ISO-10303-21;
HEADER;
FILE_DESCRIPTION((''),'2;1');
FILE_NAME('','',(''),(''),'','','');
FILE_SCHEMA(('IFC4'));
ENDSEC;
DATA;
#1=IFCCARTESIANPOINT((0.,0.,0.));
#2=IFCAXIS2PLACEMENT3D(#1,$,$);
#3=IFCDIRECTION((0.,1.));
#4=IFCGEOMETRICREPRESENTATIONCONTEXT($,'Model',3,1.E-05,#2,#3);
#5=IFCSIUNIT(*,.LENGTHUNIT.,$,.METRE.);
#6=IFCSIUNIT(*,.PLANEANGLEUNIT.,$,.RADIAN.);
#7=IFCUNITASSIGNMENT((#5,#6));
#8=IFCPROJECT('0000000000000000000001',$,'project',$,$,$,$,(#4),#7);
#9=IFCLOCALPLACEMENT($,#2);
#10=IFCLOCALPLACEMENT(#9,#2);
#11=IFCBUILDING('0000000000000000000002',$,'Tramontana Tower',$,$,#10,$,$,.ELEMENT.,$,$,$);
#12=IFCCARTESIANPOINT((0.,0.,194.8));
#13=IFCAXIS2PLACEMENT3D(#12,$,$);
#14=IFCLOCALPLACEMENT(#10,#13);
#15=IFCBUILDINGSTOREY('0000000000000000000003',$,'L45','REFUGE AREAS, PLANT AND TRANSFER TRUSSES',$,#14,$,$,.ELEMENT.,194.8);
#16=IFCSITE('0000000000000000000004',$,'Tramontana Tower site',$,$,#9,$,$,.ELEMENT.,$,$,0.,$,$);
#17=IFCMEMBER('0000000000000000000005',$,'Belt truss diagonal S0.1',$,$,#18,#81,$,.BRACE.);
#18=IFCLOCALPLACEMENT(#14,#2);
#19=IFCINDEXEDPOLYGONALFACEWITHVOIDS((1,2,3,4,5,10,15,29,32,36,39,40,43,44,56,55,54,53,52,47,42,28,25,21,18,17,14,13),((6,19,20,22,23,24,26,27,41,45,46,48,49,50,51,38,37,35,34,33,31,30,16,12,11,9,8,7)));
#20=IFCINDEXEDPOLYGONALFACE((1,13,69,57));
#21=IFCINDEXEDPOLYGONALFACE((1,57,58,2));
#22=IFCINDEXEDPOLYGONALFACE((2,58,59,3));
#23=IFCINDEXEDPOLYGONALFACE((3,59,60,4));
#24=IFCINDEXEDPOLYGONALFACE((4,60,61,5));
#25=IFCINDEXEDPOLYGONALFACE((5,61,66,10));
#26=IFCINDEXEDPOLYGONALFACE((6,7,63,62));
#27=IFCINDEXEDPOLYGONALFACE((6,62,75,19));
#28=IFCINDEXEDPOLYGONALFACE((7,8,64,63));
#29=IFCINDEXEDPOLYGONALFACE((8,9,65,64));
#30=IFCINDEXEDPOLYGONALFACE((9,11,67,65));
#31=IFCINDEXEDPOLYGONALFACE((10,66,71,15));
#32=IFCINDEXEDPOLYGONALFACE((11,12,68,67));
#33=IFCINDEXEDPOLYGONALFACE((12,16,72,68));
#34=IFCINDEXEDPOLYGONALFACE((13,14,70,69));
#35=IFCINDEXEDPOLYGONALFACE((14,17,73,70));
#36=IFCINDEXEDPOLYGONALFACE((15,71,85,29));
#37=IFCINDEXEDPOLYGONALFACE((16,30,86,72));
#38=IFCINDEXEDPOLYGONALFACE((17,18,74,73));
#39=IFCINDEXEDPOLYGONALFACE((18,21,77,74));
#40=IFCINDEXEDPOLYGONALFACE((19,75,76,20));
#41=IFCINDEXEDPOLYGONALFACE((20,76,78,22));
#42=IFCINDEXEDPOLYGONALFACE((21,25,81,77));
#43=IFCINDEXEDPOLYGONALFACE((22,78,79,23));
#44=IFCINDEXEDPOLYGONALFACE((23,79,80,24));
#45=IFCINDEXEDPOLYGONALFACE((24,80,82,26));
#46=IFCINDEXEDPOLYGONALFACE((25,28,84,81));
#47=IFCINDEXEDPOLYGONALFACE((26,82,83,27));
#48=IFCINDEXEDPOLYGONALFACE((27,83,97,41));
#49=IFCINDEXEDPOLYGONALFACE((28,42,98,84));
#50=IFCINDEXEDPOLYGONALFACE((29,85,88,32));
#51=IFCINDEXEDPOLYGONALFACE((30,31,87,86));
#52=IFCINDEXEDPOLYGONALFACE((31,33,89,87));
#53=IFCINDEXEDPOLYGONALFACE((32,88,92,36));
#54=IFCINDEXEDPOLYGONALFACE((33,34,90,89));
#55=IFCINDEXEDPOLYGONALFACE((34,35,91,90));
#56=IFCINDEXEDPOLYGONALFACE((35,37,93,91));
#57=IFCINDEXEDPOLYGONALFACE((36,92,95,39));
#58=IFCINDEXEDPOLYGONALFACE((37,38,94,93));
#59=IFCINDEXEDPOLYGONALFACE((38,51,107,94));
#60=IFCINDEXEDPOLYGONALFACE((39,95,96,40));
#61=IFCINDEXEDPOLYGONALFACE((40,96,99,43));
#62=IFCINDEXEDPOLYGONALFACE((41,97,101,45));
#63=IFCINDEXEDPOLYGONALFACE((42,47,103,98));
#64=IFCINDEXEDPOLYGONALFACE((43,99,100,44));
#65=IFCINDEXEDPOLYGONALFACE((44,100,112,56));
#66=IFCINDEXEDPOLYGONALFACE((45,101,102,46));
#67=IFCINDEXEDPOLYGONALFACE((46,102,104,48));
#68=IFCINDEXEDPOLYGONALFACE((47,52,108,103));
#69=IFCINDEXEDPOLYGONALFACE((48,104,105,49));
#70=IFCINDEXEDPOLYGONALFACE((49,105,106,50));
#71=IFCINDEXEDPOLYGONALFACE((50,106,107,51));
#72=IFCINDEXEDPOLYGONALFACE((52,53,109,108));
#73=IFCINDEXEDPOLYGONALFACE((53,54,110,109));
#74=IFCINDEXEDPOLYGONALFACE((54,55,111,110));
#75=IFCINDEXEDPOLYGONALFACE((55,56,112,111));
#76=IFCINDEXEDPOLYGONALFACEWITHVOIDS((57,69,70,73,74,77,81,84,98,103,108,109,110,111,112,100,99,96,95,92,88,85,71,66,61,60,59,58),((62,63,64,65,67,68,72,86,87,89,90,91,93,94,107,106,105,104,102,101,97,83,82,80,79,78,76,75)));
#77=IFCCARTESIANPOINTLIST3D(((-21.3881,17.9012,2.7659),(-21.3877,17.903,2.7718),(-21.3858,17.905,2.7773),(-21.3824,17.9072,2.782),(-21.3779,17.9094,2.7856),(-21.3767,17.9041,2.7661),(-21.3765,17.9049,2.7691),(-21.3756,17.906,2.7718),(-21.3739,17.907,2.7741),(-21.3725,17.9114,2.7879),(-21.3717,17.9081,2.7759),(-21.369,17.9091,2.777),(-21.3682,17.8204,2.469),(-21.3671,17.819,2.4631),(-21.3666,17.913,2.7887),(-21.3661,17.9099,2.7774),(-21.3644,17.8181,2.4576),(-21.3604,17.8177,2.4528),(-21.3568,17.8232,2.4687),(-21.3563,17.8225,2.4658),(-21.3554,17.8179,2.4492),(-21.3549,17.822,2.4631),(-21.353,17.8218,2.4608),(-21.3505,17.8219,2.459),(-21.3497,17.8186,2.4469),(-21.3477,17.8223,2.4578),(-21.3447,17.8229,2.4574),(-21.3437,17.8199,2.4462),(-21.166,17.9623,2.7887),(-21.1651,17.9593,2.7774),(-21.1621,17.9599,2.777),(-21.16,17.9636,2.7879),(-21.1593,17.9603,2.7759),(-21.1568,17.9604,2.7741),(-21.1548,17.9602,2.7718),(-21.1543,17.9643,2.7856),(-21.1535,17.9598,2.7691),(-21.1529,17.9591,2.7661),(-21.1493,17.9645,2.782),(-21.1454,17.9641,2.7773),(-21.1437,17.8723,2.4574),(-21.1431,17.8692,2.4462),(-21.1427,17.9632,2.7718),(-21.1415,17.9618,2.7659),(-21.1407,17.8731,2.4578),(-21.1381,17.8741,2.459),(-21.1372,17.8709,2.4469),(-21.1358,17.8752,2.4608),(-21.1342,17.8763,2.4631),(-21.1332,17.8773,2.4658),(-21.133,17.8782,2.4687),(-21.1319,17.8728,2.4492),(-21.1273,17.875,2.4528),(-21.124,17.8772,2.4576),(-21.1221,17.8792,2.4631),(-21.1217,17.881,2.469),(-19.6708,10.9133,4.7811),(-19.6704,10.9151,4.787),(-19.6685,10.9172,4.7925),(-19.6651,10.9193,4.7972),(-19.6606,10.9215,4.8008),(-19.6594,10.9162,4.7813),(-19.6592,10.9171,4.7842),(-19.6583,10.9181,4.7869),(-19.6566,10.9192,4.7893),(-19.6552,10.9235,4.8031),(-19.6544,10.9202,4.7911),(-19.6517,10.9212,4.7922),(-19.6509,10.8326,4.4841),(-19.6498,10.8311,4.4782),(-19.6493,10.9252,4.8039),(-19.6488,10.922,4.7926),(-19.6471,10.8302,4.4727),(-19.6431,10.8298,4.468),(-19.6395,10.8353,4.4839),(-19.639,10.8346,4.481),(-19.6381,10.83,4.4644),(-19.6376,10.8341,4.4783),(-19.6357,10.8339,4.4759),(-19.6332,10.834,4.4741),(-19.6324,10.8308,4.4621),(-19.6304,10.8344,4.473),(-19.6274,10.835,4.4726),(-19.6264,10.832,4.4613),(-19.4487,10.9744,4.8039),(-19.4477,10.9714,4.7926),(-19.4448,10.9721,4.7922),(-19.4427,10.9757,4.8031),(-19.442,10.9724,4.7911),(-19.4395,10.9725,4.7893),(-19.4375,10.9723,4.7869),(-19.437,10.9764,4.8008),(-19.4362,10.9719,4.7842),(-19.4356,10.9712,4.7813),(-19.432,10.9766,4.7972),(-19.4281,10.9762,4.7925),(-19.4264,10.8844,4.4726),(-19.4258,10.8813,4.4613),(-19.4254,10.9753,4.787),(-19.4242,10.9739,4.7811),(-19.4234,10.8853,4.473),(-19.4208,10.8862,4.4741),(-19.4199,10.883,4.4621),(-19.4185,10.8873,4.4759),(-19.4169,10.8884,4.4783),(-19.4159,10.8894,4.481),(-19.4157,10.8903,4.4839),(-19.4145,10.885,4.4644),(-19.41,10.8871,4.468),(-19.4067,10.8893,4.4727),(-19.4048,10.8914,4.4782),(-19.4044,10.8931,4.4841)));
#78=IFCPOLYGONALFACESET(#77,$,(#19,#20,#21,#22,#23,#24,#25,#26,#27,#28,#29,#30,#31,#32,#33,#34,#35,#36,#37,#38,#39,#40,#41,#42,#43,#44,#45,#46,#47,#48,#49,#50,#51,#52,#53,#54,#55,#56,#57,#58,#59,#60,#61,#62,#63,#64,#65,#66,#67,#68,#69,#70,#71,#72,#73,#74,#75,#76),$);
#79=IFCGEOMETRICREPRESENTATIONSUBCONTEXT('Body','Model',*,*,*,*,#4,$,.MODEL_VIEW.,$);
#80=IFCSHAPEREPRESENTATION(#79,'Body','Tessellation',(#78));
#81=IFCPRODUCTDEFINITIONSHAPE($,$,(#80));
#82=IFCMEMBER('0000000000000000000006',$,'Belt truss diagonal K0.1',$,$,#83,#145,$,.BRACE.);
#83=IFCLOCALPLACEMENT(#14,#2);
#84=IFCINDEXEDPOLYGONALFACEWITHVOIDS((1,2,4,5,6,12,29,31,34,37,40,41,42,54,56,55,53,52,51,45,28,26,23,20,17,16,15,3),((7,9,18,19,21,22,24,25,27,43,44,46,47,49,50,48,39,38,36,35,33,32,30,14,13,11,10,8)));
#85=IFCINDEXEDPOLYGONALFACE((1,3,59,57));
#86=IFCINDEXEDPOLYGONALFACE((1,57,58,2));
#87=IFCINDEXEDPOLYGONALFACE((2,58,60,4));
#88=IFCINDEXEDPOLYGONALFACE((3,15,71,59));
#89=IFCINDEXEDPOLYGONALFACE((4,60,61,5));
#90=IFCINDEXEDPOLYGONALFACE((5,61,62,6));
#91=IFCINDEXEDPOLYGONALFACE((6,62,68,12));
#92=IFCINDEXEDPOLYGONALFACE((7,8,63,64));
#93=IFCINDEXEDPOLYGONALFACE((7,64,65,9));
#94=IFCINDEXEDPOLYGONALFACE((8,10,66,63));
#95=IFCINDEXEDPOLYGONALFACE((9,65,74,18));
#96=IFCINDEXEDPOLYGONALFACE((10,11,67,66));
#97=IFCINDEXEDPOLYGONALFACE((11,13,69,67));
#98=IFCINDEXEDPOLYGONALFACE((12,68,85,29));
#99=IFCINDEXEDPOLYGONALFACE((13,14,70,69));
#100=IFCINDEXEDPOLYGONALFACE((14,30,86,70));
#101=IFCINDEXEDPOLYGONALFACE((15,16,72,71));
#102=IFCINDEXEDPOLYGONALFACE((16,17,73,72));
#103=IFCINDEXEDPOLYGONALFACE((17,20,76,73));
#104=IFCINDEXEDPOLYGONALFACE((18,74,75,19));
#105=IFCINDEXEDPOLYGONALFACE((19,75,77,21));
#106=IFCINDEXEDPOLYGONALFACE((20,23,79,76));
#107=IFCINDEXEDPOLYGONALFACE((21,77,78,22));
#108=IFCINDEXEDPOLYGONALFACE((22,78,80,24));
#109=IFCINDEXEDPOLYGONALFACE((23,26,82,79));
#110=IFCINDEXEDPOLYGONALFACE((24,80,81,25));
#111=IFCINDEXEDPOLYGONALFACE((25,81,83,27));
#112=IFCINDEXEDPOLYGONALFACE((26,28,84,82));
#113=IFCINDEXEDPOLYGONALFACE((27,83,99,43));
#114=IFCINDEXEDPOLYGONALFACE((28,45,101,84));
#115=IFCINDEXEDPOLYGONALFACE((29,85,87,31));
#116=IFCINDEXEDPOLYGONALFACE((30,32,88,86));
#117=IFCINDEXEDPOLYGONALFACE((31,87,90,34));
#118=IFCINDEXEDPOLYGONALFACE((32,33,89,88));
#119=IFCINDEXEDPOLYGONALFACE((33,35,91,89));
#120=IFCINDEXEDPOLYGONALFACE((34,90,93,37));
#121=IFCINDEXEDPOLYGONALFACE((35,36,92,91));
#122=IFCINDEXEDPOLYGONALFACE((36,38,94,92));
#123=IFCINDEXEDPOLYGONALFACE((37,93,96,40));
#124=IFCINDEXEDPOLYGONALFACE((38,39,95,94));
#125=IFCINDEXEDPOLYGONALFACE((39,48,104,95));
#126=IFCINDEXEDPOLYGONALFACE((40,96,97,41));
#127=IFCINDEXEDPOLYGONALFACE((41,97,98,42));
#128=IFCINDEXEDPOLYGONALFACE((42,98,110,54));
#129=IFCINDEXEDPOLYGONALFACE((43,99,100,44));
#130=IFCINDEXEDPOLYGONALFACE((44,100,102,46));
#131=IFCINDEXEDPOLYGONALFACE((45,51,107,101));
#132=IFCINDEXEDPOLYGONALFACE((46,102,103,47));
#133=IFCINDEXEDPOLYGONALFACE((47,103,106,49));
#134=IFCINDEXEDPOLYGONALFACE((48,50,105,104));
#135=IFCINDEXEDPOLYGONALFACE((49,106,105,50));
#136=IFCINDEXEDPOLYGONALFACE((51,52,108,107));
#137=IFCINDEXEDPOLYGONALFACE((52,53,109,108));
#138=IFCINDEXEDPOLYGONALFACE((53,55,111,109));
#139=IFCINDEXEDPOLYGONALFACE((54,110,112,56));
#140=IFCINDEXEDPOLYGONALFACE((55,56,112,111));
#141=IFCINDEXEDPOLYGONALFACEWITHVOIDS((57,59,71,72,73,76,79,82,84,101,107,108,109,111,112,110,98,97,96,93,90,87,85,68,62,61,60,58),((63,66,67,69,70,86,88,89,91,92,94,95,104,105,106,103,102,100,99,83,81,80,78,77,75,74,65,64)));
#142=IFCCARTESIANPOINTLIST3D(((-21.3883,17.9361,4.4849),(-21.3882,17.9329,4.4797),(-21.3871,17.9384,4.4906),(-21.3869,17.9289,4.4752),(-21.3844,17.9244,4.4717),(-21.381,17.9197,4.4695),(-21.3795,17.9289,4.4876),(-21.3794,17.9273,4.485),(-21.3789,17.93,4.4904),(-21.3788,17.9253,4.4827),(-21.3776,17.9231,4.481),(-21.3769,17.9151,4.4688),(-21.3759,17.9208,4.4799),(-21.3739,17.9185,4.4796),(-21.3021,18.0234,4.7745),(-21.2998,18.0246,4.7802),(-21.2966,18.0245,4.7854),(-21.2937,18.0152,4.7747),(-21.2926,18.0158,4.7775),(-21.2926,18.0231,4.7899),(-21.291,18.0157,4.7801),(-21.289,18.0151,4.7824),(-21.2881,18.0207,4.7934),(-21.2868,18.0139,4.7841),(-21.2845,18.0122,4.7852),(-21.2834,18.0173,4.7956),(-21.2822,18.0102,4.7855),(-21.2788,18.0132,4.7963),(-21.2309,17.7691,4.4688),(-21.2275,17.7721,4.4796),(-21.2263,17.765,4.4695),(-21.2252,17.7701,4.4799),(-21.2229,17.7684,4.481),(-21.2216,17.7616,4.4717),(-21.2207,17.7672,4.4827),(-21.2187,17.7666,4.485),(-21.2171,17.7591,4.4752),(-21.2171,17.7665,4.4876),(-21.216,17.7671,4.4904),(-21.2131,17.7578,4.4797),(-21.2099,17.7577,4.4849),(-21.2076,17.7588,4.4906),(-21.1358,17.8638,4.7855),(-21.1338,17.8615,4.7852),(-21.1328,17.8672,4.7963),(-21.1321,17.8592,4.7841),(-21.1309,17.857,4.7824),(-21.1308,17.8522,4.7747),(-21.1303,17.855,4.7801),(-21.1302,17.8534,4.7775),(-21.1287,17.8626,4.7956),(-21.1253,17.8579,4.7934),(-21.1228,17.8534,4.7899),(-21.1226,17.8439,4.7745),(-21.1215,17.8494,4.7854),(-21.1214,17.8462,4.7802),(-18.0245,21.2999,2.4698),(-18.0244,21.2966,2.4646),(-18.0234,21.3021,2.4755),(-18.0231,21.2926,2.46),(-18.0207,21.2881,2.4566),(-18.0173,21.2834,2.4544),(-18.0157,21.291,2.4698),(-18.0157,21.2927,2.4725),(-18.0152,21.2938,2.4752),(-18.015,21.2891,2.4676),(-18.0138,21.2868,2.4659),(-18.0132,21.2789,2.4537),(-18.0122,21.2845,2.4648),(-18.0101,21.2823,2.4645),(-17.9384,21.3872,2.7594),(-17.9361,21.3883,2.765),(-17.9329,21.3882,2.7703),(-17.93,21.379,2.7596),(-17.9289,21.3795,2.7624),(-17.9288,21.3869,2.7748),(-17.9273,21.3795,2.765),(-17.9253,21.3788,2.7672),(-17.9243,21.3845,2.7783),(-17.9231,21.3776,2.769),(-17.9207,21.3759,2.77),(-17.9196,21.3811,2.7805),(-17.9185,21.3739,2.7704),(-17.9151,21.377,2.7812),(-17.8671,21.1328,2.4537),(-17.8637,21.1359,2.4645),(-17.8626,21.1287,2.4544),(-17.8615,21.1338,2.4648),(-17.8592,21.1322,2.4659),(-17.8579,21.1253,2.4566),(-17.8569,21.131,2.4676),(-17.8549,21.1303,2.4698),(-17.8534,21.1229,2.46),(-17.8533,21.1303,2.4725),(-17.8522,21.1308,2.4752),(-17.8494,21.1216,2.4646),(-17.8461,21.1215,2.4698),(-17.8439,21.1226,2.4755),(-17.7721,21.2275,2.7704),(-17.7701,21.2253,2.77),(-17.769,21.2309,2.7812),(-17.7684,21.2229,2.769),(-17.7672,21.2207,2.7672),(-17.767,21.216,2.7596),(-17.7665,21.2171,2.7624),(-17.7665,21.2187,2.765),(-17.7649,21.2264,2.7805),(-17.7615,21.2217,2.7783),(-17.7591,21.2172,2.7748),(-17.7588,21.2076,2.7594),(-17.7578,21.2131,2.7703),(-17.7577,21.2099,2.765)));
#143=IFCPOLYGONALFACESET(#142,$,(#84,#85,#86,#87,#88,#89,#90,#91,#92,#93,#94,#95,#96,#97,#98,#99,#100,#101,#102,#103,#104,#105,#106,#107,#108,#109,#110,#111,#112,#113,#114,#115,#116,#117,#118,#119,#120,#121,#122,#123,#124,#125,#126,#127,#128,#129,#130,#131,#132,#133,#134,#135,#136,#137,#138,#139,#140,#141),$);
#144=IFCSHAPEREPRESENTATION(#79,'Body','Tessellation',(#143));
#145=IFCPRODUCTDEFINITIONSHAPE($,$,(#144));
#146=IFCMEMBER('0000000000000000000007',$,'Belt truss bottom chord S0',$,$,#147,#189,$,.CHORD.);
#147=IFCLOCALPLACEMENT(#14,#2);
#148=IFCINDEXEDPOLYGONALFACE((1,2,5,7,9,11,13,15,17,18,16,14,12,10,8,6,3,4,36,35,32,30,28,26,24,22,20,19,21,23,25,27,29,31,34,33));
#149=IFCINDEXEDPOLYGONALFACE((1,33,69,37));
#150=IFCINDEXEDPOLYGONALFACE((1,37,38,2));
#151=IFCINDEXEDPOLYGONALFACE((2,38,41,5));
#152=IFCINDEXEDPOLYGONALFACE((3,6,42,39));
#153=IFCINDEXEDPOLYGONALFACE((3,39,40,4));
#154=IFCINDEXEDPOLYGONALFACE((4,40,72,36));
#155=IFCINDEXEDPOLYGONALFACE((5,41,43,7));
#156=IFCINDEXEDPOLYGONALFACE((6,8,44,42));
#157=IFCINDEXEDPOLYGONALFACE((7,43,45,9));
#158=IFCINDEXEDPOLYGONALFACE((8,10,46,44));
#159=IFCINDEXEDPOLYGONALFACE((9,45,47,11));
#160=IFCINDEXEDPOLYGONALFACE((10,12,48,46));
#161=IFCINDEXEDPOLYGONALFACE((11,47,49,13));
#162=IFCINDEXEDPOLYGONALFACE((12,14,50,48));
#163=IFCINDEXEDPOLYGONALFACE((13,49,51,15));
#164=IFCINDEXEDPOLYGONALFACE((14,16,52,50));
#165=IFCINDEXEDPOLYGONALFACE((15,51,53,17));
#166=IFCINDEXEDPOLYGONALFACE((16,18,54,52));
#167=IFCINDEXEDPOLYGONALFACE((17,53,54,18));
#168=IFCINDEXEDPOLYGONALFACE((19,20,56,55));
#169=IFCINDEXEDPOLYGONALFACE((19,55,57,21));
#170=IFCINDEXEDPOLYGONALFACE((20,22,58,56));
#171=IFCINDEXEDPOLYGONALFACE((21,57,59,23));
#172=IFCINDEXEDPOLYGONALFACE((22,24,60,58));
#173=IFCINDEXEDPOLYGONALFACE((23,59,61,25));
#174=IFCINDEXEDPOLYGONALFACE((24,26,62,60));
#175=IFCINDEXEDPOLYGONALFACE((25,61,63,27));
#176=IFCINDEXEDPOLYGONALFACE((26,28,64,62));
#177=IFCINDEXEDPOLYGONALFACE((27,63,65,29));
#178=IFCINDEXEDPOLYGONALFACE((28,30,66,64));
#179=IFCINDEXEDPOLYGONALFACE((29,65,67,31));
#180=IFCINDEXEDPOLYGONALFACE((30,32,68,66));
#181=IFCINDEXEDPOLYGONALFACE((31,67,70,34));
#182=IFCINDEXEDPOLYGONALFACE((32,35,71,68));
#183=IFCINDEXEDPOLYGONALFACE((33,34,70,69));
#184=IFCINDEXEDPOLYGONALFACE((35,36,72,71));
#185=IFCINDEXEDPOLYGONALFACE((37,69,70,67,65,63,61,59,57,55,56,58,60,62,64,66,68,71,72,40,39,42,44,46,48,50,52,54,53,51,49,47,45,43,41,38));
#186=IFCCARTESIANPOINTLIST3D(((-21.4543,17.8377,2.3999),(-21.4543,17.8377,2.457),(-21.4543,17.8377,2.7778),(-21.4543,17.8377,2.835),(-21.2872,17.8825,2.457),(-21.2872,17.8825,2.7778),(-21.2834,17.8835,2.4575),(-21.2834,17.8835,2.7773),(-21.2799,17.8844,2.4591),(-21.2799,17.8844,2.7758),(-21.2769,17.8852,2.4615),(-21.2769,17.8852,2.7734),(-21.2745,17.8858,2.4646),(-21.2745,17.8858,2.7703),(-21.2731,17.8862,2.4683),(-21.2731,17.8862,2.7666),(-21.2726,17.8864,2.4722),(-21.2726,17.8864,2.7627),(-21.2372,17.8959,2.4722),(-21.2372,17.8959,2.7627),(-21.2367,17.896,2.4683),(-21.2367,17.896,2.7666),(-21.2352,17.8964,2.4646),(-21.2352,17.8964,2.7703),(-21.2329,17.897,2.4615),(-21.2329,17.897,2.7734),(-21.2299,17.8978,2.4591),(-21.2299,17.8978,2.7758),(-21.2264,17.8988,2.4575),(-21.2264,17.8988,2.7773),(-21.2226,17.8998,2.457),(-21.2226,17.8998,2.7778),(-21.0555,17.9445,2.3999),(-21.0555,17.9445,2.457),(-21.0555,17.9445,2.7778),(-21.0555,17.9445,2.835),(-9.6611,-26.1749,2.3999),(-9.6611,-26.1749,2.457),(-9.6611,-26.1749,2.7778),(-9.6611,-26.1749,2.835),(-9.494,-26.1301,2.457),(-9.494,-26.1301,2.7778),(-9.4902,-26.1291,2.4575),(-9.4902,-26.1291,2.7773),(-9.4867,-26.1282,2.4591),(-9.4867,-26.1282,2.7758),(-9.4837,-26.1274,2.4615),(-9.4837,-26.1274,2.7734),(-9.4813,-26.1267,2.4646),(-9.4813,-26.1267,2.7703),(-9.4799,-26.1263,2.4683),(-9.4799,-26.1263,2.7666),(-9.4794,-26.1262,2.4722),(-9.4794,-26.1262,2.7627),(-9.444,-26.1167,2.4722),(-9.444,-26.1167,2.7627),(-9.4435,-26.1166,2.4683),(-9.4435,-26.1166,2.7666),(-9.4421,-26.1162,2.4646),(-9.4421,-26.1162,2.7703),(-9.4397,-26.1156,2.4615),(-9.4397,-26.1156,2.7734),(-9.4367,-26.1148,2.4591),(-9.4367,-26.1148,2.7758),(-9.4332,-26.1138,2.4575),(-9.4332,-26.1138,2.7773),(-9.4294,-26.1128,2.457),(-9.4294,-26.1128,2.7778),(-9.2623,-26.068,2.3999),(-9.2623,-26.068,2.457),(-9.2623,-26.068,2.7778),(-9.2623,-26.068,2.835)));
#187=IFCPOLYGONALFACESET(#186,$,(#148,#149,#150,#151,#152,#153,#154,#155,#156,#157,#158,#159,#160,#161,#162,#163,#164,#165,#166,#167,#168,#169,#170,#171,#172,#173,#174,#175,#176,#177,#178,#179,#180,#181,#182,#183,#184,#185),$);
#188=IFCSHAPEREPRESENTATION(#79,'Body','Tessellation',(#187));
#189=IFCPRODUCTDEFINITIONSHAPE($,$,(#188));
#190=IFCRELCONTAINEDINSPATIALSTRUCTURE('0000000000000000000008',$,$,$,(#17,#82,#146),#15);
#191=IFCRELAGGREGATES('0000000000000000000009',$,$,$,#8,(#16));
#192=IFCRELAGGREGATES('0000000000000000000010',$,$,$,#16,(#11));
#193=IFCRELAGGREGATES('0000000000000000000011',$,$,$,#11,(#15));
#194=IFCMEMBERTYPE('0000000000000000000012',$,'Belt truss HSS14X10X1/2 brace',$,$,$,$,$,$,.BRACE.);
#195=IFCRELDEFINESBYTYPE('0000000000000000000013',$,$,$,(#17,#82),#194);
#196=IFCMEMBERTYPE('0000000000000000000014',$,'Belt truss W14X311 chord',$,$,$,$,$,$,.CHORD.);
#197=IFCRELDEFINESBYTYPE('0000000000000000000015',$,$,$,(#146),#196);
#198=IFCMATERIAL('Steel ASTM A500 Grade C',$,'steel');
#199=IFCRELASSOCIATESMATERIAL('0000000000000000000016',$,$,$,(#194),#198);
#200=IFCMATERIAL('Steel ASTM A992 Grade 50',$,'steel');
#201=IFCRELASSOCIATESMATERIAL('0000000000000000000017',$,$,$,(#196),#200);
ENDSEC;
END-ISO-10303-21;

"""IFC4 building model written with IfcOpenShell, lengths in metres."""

from ifc_helpers import new_model, si_unit, direction, frame, origin, origin_2d, place, context, subcontext, project, spatial, hollow_rectangle, i_section, extrude, material, material_profile, profile_set, type_object, element, save


model = new_model("IFC4")

# Units and contexts
model_context = context("Model", 3, precision=1e-05, world=origin(), true_north=direction((0.0, 1.0)))
body_context = subcontext(model_context, "Body", "Model", "MODEL_VIEW")
ifc_project = project(units=[si_unit("LENGTHUNIT", "METRE"), si_unit("PLANEANGLEUNIT", "RADIAN")], contexts=[model_context])

# Site, building, storey
site_placement = place(None, origin())
site = spatial("IfcSite", under=ifc_project, at=site_placement, Name="Tramontana Tower site", CompositionType="ELEMENT", RefElevation=0.0)
building_placement = place(site_placement, origin())
building = spatial("IfcBuilding", under=site, at=building_placement, Name="Tramontana Tower", CompositionType="ELEMENT")
storey_placement = place(building_placement, frame((0.0, 0.0, 194.8)))
storey = spatial("IfcBuildingStorey", under=building, at=storey_placement, Name="L45", Description="REFUGE AREAS, PLANT AND TRANSFER TRUSSES", CompositionType="ELEMENT", Elevation=194.8)

# Members
ifc_material_1 = material(Name="Steel ASTM A500 Grade C", Category="steel")
ifc_material_profile_1 = material_profile(ifc_material_1, hollow_rectangle(XDim=0.2539, YDim=0.3557, WallThickness=0.0117, InnerFilletRadius=0.0117, OuterFilletRadius=0.0237, at=origin_2d()), Name="HSS14X10X1/2")
ifc_profile_set_1 = profile_set([ifc_material_profile_1], Name="Steel ASTM A500 Grade C")
member_type_1 = type_object("IfcMemberType", Name="Belt truss HSS14X10X1/2 brace", PredefinedType="BRACE", material=ifc_profile_set_1)
member_1_placement = place(storey_placement, frame((-21.2549, 17.8911, 2.6174), z_axis=(0.229812, -0.935128, 0.269672), x_axis=(0.971105, 0.238654, 0.0)))
element("IfcMember", 1, at=member_1_placement, inside=storey, type_object=member_type_1, Name="Belt truss diagonal S0.1", PredefinedType="BRACE", context=body_context, shape_type="SweptSolid", body=[
    extrude(hollow_rectangle(XDim=0.2539, YDim=0.3557, WallThickness=0.0117, InnerFilletRadius=0.0117, OuterFilletRadius=0.0237, at=origin_2d()), origin(), (0.0, 0.0, 1.0), 7.4727),
])
member_2_placement = place(storey_placement, frame((-17.8911, 21.2549, 2.6174), z_axis=(-0.651098, -0.651098, 0.390054), x_axis=(0.707107, -0.707107, 0.0)))
element("IfcMember", 2, at=member_2_placement, inside=storey, type_object=member_type_1, Name="Belt truss diagonal K0.1", PredefinedType="BRACE", context=body_context, shape_type="SweptSolid", body=[
    extrude(hollow_rectangle(XDim=0.2539, YDim=0.3557, WallThickness=0.0117, InnerFilletRadius=0.0117, OuterFilletRadius=0.0237, at=origin_2d()), origin(), (0.0, 0.0, 1.0), 5.1663),
])
ifc_material_2 = material(Name="Steel ASTM A992 Grade 50", Category="steel")
ifc_material_profile_2 = material_profile(ifc_material_2, i_section(OverallWidth=0.4128, OverallDepth=0.4351, WebThickness=0.0366, FlangeThickness=0.0571, FilletRadius=0.0151, at=origin_2d()), Name="W14X311")
ifc_profile_set_2 = profile_set([ifc_material_profile_2], Name="Steel ASTM A992 Grade 50")
member_type_2 = type_object("IfcMemberType", Name="Belt truss W14X311 chord", PredefinedType="CHORD", material=ifc_profile_set_2)
for number, where, z_axis, x_axis, name in (
    (3, (-21.2549, 17.8911, 2.6174), (0.25882, -0.965926, 0.0), (0.965926, 0.25882, 0.0), "Belt truss bottom chord S0"),
):
    element("IfcMember", number, at=place(storey_placement, frame(where, z_axis=z_axis, x_axis=x_axis)), inside=storey, type_object=member_type_2, Name=name, PredefinedType="CHORD", context=body_context, shape_type="SweptSolid", body=[
        extrude(i_section(OverallWidth=0.4128, OverallDepth=0.4351, WebThickness=0.0366, FlangeThickness=0.0571, FilletRadius=0.0151, at=origin_2d()), origin(), (0.0, 0.0, 1.0), 45.5652),
    ])

save(model, "model.ifc")
